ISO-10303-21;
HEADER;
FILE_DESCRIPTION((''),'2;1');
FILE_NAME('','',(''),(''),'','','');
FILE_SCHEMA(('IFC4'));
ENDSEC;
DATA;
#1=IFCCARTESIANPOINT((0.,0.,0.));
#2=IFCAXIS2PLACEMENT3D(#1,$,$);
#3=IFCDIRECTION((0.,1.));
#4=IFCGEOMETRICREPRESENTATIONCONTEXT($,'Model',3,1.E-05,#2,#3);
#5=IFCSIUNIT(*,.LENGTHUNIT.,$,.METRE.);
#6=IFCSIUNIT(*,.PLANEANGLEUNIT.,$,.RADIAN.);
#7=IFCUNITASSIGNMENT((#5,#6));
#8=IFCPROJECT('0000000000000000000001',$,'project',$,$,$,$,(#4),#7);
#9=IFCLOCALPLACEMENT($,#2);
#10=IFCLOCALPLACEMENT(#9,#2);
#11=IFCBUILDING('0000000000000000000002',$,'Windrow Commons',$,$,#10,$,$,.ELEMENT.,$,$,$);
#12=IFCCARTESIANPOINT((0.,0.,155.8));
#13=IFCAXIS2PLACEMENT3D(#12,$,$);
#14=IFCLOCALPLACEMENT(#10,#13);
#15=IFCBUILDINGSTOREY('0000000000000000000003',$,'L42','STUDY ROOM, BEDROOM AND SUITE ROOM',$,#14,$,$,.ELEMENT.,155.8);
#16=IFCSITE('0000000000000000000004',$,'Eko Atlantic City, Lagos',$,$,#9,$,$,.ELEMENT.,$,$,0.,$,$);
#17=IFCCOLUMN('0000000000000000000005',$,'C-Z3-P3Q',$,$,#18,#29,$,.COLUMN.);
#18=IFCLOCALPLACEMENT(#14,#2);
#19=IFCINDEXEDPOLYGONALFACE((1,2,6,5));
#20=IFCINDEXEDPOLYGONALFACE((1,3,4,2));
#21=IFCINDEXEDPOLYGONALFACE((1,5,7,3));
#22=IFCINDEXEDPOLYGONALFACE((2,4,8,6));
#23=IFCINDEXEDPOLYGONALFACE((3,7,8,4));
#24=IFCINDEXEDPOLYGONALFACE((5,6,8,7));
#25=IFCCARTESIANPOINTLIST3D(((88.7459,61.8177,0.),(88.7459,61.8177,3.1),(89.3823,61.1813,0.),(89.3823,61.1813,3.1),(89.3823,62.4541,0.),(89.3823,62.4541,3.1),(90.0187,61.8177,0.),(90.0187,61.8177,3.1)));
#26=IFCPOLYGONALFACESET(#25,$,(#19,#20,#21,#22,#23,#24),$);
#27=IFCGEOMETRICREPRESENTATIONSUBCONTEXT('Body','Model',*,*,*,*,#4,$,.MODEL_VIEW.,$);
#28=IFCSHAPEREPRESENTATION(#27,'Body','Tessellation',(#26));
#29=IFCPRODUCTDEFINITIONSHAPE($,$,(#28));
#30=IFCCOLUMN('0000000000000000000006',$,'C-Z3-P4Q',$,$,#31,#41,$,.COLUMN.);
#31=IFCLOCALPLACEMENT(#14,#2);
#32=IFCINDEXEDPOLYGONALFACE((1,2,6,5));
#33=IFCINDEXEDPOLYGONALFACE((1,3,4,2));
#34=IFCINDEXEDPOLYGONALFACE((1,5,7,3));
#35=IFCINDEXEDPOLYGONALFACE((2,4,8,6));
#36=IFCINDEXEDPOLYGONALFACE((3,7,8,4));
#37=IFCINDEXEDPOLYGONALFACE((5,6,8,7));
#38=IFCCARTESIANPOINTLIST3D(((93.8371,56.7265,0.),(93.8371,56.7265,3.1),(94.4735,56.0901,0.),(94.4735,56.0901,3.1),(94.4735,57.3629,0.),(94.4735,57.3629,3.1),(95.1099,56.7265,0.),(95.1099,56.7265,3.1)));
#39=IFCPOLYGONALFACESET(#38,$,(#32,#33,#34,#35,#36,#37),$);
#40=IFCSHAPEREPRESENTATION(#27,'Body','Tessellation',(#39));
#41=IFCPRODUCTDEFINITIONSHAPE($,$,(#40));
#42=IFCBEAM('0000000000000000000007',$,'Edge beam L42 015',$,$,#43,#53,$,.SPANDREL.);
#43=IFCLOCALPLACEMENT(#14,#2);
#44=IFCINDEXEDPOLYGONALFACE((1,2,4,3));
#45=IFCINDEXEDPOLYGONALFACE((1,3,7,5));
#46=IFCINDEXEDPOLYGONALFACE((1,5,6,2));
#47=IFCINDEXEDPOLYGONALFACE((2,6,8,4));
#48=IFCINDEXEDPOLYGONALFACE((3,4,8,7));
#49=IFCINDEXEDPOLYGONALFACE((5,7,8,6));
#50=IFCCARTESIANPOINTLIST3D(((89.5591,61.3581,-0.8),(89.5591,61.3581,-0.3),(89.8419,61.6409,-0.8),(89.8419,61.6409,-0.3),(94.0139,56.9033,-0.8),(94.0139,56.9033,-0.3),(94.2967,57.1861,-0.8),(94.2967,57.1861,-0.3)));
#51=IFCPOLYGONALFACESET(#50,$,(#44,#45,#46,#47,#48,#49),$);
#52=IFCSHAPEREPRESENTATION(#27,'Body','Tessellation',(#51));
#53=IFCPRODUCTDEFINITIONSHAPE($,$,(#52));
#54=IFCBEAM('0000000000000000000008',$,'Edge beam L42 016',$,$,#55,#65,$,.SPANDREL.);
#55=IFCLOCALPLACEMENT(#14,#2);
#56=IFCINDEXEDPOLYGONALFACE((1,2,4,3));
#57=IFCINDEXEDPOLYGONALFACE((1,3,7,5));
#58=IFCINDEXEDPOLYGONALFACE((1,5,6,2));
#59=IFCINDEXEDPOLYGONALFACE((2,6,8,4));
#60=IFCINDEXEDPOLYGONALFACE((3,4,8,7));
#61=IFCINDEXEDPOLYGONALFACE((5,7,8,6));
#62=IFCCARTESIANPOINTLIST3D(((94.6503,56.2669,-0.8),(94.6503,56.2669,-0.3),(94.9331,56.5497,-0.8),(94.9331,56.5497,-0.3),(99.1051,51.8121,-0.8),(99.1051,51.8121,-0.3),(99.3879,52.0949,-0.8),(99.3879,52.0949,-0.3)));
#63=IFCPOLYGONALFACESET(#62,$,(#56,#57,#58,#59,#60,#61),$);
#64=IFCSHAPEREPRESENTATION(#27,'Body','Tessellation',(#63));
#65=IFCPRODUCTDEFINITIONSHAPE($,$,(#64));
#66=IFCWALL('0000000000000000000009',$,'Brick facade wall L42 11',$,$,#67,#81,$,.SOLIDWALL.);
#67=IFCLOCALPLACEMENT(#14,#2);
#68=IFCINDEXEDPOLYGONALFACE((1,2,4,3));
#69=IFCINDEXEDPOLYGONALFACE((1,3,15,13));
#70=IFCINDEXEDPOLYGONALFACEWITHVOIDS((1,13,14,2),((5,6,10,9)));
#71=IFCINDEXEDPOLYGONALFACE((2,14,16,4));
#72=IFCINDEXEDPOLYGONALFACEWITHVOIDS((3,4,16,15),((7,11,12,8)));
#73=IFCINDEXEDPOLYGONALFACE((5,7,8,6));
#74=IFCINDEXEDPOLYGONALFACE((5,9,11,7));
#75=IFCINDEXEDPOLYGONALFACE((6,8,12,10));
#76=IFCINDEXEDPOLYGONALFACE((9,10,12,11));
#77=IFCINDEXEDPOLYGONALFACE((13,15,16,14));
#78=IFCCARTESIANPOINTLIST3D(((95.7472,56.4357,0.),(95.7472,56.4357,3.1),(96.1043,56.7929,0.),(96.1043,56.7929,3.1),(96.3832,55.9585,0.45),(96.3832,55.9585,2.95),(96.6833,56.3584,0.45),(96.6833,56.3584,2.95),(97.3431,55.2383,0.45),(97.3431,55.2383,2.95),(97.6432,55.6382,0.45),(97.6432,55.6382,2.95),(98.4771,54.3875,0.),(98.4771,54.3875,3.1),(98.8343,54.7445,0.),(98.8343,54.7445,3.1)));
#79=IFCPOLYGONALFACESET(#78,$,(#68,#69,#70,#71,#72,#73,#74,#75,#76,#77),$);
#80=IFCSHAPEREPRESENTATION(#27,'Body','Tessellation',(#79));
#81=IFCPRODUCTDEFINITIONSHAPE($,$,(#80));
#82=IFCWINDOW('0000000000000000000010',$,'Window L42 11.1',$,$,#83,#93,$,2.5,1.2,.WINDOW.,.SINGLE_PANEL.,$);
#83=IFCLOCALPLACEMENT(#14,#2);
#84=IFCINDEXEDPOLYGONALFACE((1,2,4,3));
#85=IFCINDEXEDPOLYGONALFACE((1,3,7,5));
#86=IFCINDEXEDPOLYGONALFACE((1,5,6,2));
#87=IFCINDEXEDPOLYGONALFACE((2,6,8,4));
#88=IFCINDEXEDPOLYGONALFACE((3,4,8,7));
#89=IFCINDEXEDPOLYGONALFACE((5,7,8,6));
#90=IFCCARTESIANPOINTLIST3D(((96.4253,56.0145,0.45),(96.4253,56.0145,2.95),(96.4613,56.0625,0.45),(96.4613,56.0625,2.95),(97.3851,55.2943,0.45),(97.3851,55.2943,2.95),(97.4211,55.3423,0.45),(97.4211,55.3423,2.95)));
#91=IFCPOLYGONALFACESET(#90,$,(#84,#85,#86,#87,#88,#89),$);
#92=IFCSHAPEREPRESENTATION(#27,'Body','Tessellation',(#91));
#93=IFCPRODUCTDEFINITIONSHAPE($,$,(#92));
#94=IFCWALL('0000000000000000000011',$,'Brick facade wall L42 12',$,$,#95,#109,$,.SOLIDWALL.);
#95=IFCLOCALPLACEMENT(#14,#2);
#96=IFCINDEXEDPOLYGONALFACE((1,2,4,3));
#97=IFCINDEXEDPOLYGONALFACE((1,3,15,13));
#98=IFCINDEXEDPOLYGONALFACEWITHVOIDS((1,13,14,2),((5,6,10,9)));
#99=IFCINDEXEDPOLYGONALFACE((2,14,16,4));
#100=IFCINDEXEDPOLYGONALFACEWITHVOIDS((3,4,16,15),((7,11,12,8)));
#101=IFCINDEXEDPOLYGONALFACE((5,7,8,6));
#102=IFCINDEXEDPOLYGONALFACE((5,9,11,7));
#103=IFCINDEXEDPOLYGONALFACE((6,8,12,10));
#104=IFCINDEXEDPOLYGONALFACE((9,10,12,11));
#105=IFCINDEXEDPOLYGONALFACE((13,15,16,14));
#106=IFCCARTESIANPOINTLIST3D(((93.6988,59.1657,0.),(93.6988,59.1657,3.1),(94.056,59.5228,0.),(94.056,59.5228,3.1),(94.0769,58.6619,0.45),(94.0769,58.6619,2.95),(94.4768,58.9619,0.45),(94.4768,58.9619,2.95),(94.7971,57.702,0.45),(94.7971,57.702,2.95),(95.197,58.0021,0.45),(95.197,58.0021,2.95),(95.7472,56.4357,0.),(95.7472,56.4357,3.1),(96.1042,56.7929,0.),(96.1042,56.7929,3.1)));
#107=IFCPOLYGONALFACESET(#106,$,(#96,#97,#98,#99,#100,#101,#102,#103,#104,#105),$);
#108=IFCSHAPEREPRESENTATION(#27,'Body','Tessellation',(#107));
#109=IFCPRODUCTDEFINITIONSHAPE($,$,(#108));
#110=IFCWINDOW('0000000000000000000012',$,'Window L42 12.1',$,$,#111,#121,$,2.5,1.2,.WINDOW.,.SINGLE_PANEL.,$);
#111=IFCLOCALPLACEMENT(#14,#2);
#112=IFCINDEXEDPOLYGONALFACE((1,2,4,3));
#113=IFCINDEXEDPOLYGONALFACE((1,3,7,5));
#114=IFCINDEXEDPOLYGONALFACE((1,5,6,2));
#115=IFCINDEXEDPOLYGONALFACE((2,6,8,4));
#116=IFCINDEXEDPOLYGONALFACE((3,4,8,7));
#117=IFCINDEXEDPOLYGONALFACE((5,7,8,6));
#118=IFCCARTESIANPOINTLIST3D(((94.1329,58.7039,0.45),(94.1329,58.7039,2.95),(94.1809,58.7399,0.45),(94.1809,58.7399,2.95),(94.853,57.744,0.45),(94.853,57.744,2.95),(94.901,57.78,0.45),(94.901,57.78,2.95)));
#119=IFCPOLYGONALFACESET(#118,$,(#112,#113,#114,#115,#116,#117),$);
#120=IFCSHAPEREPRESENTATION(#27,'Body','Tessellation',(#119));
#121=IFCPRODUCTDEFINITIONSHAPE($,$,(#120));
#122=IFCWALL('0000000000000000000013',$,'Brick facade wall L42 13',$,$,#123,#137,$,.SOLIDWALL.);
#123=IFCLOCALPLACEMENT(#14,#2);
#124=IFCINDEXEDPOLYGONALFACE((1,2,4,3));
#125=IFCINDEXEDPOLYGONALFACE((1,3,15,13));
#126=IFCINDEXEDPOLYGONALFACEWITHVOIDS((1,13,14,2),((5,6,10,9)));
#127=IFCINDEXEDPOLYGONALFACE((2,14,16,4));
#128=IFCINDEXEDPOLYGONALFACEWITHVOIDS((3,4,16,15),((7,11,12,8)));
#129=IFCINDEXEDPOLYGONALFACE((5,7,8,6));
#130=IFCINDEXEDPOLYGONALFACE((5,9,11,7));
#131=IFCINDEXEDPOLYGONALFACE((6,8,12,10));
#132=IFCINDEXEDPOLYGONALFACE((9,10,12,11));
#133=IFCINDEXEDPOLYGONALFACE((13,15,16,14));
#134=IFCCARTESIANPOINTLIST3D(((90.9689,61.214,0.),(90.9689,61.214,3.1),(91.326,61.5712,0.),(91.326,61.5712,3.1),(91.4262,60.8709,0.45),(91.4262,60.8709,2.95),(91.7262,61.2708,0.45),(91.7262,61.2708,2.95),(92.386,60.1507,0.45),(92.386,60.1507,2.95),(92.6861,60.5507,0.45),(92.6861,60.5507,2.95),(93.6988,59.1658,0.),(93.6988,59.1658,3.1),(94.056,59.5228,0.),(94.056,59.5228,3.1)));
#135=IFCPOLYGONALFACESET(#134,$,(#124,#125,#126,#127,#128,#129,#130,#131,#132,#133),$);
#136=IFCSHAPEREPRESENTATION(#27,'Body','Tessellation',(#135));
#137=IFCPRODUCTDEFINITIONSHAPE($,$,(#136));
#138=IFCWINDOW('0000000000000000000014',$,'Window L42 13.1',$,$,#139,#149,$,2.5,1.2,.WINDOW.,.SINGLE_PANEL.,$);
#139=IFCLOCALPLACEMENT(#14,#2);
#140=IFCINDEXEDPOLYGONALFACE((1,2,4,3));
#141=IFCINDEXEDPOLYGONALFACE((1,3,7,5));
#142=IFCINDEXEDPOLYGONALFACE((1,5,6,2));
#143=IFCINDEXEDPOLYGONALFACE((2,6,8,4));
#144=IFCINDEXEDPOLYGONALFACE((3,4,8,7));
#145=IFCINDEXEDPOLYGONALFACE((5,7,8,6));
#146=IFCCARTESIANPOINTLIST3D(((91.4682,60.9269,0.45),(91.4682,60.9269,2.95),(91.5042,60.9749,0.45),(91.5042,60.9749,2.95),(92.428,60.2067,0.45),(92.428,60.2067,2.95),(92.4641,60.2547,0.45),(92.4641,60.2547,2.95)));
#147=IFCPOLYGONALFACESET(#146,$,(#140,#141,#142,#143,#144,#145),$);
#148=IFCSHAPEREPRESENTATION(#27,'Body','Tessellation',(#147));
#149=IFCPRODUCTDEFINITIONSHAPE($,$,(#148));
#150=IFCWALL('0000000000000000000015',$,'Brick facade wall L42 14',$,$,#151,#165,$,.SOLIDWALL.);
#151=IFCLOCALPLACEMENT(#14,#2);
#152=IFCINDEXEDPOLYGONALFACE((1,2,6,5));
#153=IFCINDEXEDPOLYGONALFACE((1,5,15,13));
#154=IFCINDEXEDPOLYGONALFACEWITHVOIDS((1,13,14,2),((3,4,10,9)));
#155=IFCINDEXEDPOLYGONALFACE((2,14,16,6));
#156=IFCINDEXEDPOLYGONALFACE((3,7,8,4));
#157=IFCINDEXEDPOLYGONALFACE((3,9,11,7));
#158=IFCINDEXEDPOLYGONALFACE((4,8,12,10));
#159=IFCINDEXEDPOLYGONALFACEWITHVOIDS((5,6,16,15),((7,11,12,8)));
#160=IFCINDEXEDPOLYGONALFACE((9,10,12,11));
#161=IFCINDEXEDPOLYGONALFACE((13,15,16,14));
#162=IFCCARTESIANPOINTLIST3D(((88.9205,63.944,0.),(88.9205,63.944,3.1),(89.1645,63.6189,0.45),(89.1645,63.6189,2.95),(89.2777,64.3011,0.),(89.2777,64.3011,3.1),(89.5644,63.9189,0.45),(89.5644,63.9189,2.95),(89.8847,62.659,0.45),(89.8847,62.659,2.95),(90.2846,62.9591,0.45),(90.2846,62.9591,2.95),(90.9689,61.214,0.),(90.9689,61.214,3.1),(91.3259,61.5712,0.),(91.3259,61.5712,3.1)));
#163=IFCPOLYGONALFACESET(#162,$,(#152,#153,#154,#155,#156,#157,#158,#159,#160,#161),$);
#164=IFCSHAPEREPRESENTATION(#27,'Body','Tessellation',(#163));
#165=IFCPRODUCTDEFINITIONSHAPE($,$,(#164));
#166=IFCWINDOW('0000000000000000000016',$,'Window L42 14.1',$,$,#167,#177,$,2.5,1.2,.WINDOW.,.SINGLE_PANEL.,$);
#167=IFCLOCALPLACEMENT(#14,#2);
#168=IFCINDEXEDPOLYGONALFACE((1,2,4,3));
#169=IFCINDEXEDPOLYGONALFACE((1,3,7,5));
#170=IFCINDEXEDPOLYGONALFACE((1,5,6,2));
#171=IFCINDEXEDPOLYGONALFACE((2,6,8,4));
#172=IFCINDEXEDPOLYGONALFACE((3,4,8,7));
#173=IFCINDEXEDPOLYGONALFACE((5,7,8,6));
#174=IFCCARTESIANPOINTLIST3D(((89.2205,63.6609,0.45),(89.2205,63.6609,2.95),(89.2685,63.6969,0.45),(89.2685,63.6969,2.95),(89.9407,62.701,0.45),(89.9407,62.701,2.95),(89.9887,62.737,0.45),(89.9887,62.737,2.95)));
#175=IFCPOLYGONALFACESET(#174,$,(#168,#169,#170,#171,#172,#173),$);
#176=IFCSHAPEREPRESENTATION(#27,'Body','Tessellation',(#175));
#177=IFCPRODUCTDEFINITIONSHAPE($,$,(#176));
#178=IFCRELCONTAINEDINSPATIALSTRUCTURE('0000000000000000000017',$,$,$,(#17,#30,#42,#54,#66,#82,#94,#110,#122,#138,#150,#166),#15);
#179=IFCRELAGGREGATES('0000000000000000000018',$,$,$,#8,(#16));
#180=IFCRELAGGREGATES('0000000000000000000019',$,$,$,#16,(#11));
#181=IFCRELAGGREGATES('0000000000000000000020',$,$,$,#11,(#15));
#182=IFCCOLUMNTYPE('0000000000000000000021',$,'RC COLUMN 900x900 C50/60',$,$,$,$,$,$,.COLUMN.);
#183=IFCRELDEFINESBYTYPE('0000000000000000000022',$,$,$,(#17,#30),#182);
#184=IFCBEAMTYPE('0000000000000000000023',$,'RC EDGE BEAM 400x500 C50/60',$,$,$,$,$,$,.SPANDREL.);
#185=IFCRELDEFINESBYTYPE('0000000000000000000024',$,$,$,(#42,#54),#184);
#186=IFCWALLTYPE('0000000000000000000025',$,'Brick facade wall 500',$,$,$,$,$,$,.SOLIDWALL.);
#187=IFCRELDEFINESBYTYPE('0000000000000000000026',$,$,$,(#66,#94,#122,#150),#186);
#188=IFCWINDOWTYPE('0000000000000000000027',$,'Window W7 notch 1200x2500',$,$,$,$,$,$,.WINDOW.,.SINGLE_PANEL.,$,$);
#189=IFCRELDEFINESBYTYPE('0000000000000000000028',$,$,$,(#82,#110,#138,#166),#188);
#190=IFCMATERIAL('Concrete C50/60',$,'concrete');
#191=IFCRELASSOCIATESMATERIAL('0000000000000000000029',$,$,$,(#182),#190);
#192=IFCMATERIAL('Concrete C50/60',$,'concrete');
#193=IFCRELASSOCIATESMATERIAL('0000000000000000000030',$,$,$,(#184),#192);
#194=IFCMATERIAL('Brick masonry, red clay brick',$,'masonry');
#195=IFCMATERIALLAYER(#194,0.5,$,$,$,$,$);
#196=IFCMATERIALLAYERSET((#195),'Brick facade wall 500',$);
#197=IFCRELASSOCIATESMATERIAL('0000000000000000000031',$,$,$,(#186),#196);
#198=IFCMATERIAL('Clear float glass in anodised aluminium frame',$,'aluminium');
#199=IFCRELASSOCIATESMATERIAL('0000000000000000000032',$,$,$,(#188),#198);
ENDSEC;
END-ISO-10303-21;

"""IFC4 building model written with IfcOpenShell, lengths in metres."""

from ifc_helpers import new_model, si_unit, direction, frame, frame_2d, origin, origin_2d, place, context, subcontext, project, spatial, polyline, rectangle, outline, extrude, material, layer, layer_set, material_profile, profile_set, type_object, element, fill, save


model = new_model("IFC4")

# Units and contexts
model_context = context("Model", 3, precision=1e-05, world=origin(), true_north=direction((0.0, 1.0)))
body_context = subcontext(model_context, "Body", "Model", "MODEL_VIEW")
ifc_project = project(units=[si_unit("LENGTHUNIT", "METRE"), si_unit("PLANEANGLEUNIT", "RADIAN")], contexts=[model_context])

# Site, building, storey
site_placement = place(None, origin())
site = spatial("IfcSite", under=ifc_project, at=site_placement, Name="Eko Atlantic City, Lagos", CompositionType="ELEMENT", RefElevation=0.0)
building_placement = place(site_placement, origin())
building = spatial("IfcBuilding", under=site, at=building_placement, Name="Windrow Commons", CompositionType="ELEMENT")
storey_placement = place(building_placement, frame((0.0, 0.0, 155.8)))
storey = spatial("IfcBuildingStorey", under=building, at=storey_placement, Name="L42", Description="STUDY ROOM, BEDROOM AND SUITE ROOM", CompositionType="ELEMENT", Elevation=155.8)

# Columns
ifc_material_1 = material(Name="Concrete C50/60", Category="concrete")
ifc_material_profile_1 = material_profile(ifc_material_1, rectangle(XDim=0.9, YDim=0.9, at=origin_2d()))
ifc_profile_set_1 = profile_set([ifc_material_profile_1], Name="Concrete C50/60")
column_type = type_object("IfcColumnType", Name="RC COLUMN 900x900 C50/60", PredefinedType="COLUMN", material=ifc_profile_set_1)
for number, where, z_axis, x_axis, name in (
    (1, (89.3823, 61.8177, 0.0), (0.0, 0.0, 1.0), (0.707107, -0.707107, 0.0), "C-Z3-P3Q"),
    (2, (94.4735, 56.7265, 0.0), (0.0, 0.0, 1.0), (0.707107, -0.707107, 0.0), "C-Z3-P4Q"),
):
    element("IfcColumn", number, at=place(storey_placement, frame(where, z_axis=z_axis, x_axis=x_axis)), inside=storey, type_object=column_type, Name=name, PredefinedType="COLUMN", context=body_context, shape_type="SweptSolid", body=[
        extrude(rectangle(XDim=0.9, YDim=0.9, at=origin_2d()), origin(), (0.0, 0.0, 1.0), 3.1),
    ])

# Beams
ifc_material_2 = material(Name="Concrete C50/60", Category="concrete")
ifc_material_profile_2 = material_profile(ifc_material_2, rectangle(XDim=0.4, YDim=0.5, at=origin_2d()))
ifc_profile_set_2 = profile_set([ifc_material_profile_2], Name="Concrete C50/60")
beam_type = type_object("IfcBeamType", Name="RC EDGE BEAM 400x500 C50/60", PredefinedType="SPANDREL", material=ifc_profile_set_2)
for number, where, z_axis, x_axis, name in (
    (3, (89.7005, 61.4995, -0.55), (0.707107, -0.707107, 0.0), (0.707107, 0.707107, 0.0), "Edge beam L42 015"),
    (4, (94.7917, 56.4083, -0.55), (0.707107, -0.707107, 0.0), (0.707107, 0.707107, 0.0), "Edge beam L42 016"),
):
    element("IfcBeam", number, at=place(storey_placement, frame(where, z_axis=z_axis, x_axis=x_axis)), inside=storey, type_object=beam_type, Name=name, PredefinedType="SPANDREL", context=body_context, shape_type="SweptSolid", body=[
        extrude(rectangle(XDim=0.4, YDim=0.5, at=origin_2d()), origin(), (0.0, 0.0, 1.0), 6.3),
    ])

# Walls, openings, windows
ifc_material_3 = material(Name="Brick masonry, red clay brick", Category="masonry")
ifc_layer = layer(ifc_material_3, 0.5)
ifc_layer_set = layer_set([ifc_layer], Name="Brick facade wall 500")
wall_type = type_object("IfcWallType", Name="Brick facade wall 500", PredefinedType="SOLIDWALL", material=ifc_layer_set)
wall_1_placement = place(storey_placement, frame((98.6557, 54.566, 0.0), z_axis=(0.0, 0.0, 1.0), x_axis=(-0.799887, 0.60015, 0.0)))
wall_1 = element("IfcWall", 5, at=wall_1_placement, inside=storey, type_object=wall_type, Name="Brick facade wall L42 11", PredefinedType="SOLIDWALL", context=body_context, shape_type="SweptSolid", body=[
    extrude(outline(polyline([(-0.0357, -0.25), (3.3773, -0.25), (3.4486, 0.25), (0.0357, 0.25), (-0.0357, -0.25)])), origin(), (0.0, 0.0, 1.0), 3.1),
])
opening_1_placement = place(wall_1_placement, frame((1.4534, 0.0, 0.45)))
opening_1 = element("IfcOpeningElement", 6, at=opening_1_placement, cuts=wall_1, PredefinedType="OPENING", context=body_context, shape_type="SweptSolid", body=[
    extrude(rectangle(XDim=1.2, YDim=2.5, at=frame_2d((0.6, 1.25))), frame((0.0, 0.26, 0.0), z_axis=(0.0, -1.0, 0.0), x_axis=(1.0, 0.0, 0.0)), (0.0, 0.0, 1.0), 0.52),
])
ifc_material_4 = material(Name="Clear float glass in anodised aluminium frame", Category="aluminium")
window_type = type_object("IfcWindowType", Name="Window W7 notch 1200x2500", PartitioningType="SINGLE_PANEL", PredefinedType="WINDOW", material=ifc_material_4)
window_1_placement = place(opening_1_placement, origin())
window_1 = element("IfcWindow", 7, at=window_1_placement, inside=storey, type_object=window_type, Name="Window L42 11.1", OverallHeight=2.5, OverallWidth=1.2, PartitioningType="SINGLE_PANEL", PredefinedType="WINDOW", context=body_context, shape_type="SweptSolid", body=[
    extrude(rectangle(XDim=1.2, YDim=2.5, at=frame_2d((0.6, 1.25))), frame((0.0, 0.18, 0.0), z_axis=(0.0, -1.0, 0.0), x_axis=(1.0, 0.0, 0.0)), (0.0, 0.0, 1.0), 0.06),
])
fill(opening_1, window_1)
wall_2_placement = place(storey_placement, frame((95.9257, 56.6143, 0.0), z_axis=(0.0, 0.0, 1.0), x_axis=(-0.60015, 0.799887, 0.0)))
wall_2 = element("IfcWall", 8, at=wall_2_placement, inside=storey, type_object=wall_type, Name="Brick facade wall L42 12", PredefinedType="SOLIDWALL", context=body_context, shape_type="SweptSolid", body=[
    extrude(outline(polyline([(0.0357, -0.25), (3.4486, -0.25), (3.3773, 0.25), (-0.0357, 0.25), (0.0357, -0.25)])), origin(), (0.0, 0.0, 1.0), 3.1),
])
opening_2_placement = place(wall_2_placement, frame((1.5474, 0.0, 0.45)))
opening_2 = element("IfcOpeningElement", 9, at=opening_2_placement, cuts=wall_2, PredefinedType="OPENING", context=body_context, shape_type="SweptSolid", body=[
    extrude(rectangle(XDim=1.2, YDim=2.5, at=frame_2d((0.6, 1.25))), frame((0.0, 0.26, 0.0), z_axis=(0.0, -1.0, 0.0), x_axis=(1.0, 0.0, 0.0)), (0.0, 0.0, 1.0), 0.52),
])
window_2_placement = place(opening_2_placement, origin())
window_2 = element("IfcWindow", 10, at=window_2_placement, inside=storey, type_object=window_type, Name="Window L42 12.1", OverallHeight=2.5, OverallWidth=1.2, PartitioningType="SINGLE_PANEL", PredefinedType="WINDOW", context=body_context, shape_type="SweptSolid", body=[
    extrude(rectangle(XDim=1.2, YDim=2.5, at=frame_2d((0.6, 1.25))), frame((0.0, 0.18, 0.0), z_axis=(0.0, -1.0, 0.0), x_axis=(1.0, 0.0, 0.0)), (0.0, 0.0, 1.0), 0.06),
])
fill(opening_2, window_2)
wall_3_placement = place(storey_placement, frame((93.8774, 59.3443, 0.0), z_axis=(0.0, 0.0, 1.0), x_axis=(-0.799887, 0.60015, 0.0)))
wall_3 = element("IfcWall", 11, at=wall_3_placement, inside=storey, type_object=wall_type, Name="Brick facade wall L42 13", PredefinedType="SOLIDWALL", context=body_context, shape_type="SweptSolid", body=[
    extrude(outline(polyline([(-0.0357, -0.25), (3.3773, -0.25), (3.4486, 0.25), (0.0357, 0.25), (-0.0357, -0.25)])), origin(), (0.0, 0.0, 1.0), 3.1),
])
opening_3_placement = place(wall_3_placement, frame((1.6769, 0.0, 0.45)))
opening_3 = element("IfcOpeningElement", 12, at=opening_3_placement, cuts=wall_3, PredefinedType="OPENING", context=body_context, shape_type="SweptSolid", body=[
    extrude(rectangle(XDim=1.2, YDim=2.5, at=frame_2d((0.6, 1.25))), frame((0.0, 0.26, 0.0), z_axis=(0.0, -1.0, 0.0), x_axis=(1.0, 0.0, 0.0)), (0.0, 0.0, 1.0), 0.52),
])
window_3_placement = place(opening_3_placement, origin())
window_3 = element("IfcWindow", 13, at=window_3_placement, inside=storey, type_object=window_type, Name="Window L42 13.1", OverallHeight=2.5, OverallWidth=1.2, PartitioningType="SINGLE_PANEL", PredefinedType="WINDOW", context=body_context, shape_type="SweptSolid", body=[
    extrude(rectangle(XDim=1.2, YDim=2.5, at=frame_2d((0.6, 1.25))), frame((0.0, 0.18, 0.0), z_axis=(0.0, -1.0, 0.0), x_axis=(1.0, 0.0, 0.0)), (0.0, 0.0, 1.0), 0.06),
])
fill(opening_3, window_3)
wall_4_placement = place(storey_placement, frame((91.1474, 61.3926, 0.0), z_axis=(0.0, 0.0, 1.0), x_axis=(-0.60015, 0.799887, 0.0)))
wall_4 = element("IfcWall", 14, at=wall_4_placement, inside=storey, type_object=wall_type, Name="Brick facade wall L42 14", PredefinedType="SOLIDWALL", context=body_context, shape_type="SweptSolid", body=[
    extrude(outline(polyline([(0.0357, -0.25), (3.4486, -0.25), (3.3773, 0.25), (-0.0357, 0.25), (0.0357, -0.25)])), origin(), (0.0, 0.0, 1.0), 3.1),
])
opening_4_placement = place(wall_4_placement, frame((1.7708, 0.0, 0.45)))
opening_4 = element("IfcOpeningElement", 15, at=opening_4_placement, cuts=wall_4, PredefinedType="OPENING", context=body_context, shape_type="SweptSolid", body=[
    extrude(rectangle(XDim=1.2, YDim=2.5, at=frame_2d((0.6, 1.25))), frame((0.0, 0.26, 0.0), z_axis=(0.0, -1.0, 0.0), x_axis=(1.0, 0.0, 0.0)), (0.0, 0.0, 1.0), 0.52),
])
window_4_placement = place(opening_4_placement, origin())
window_4 = element("IfcWindow", 16, at=window_4_placement, inside=storey, type_object=window_type, Name="Window L42 14.1", OverallHeight=2.5, OverallWidth=1.2, PartitioningType="SINGLE_PANEL", PredefinedType="WINDOW", context=body_context, shape_type="SweptSolid", body=[
    extrude(rectangle(XDim=1.2, YDim=2.5, at=frame_2d((0.6, 1.25))), frame((0.0, 0.18, 0.0), z_axis=(0.0, -1.0, 0.0), x_axis=(1.0, 0.0, 0.0)), (0.0, 0.0, 1.0), 0.06),
])
fill(opening_4, window_4)

save(model, "model.ifc")
